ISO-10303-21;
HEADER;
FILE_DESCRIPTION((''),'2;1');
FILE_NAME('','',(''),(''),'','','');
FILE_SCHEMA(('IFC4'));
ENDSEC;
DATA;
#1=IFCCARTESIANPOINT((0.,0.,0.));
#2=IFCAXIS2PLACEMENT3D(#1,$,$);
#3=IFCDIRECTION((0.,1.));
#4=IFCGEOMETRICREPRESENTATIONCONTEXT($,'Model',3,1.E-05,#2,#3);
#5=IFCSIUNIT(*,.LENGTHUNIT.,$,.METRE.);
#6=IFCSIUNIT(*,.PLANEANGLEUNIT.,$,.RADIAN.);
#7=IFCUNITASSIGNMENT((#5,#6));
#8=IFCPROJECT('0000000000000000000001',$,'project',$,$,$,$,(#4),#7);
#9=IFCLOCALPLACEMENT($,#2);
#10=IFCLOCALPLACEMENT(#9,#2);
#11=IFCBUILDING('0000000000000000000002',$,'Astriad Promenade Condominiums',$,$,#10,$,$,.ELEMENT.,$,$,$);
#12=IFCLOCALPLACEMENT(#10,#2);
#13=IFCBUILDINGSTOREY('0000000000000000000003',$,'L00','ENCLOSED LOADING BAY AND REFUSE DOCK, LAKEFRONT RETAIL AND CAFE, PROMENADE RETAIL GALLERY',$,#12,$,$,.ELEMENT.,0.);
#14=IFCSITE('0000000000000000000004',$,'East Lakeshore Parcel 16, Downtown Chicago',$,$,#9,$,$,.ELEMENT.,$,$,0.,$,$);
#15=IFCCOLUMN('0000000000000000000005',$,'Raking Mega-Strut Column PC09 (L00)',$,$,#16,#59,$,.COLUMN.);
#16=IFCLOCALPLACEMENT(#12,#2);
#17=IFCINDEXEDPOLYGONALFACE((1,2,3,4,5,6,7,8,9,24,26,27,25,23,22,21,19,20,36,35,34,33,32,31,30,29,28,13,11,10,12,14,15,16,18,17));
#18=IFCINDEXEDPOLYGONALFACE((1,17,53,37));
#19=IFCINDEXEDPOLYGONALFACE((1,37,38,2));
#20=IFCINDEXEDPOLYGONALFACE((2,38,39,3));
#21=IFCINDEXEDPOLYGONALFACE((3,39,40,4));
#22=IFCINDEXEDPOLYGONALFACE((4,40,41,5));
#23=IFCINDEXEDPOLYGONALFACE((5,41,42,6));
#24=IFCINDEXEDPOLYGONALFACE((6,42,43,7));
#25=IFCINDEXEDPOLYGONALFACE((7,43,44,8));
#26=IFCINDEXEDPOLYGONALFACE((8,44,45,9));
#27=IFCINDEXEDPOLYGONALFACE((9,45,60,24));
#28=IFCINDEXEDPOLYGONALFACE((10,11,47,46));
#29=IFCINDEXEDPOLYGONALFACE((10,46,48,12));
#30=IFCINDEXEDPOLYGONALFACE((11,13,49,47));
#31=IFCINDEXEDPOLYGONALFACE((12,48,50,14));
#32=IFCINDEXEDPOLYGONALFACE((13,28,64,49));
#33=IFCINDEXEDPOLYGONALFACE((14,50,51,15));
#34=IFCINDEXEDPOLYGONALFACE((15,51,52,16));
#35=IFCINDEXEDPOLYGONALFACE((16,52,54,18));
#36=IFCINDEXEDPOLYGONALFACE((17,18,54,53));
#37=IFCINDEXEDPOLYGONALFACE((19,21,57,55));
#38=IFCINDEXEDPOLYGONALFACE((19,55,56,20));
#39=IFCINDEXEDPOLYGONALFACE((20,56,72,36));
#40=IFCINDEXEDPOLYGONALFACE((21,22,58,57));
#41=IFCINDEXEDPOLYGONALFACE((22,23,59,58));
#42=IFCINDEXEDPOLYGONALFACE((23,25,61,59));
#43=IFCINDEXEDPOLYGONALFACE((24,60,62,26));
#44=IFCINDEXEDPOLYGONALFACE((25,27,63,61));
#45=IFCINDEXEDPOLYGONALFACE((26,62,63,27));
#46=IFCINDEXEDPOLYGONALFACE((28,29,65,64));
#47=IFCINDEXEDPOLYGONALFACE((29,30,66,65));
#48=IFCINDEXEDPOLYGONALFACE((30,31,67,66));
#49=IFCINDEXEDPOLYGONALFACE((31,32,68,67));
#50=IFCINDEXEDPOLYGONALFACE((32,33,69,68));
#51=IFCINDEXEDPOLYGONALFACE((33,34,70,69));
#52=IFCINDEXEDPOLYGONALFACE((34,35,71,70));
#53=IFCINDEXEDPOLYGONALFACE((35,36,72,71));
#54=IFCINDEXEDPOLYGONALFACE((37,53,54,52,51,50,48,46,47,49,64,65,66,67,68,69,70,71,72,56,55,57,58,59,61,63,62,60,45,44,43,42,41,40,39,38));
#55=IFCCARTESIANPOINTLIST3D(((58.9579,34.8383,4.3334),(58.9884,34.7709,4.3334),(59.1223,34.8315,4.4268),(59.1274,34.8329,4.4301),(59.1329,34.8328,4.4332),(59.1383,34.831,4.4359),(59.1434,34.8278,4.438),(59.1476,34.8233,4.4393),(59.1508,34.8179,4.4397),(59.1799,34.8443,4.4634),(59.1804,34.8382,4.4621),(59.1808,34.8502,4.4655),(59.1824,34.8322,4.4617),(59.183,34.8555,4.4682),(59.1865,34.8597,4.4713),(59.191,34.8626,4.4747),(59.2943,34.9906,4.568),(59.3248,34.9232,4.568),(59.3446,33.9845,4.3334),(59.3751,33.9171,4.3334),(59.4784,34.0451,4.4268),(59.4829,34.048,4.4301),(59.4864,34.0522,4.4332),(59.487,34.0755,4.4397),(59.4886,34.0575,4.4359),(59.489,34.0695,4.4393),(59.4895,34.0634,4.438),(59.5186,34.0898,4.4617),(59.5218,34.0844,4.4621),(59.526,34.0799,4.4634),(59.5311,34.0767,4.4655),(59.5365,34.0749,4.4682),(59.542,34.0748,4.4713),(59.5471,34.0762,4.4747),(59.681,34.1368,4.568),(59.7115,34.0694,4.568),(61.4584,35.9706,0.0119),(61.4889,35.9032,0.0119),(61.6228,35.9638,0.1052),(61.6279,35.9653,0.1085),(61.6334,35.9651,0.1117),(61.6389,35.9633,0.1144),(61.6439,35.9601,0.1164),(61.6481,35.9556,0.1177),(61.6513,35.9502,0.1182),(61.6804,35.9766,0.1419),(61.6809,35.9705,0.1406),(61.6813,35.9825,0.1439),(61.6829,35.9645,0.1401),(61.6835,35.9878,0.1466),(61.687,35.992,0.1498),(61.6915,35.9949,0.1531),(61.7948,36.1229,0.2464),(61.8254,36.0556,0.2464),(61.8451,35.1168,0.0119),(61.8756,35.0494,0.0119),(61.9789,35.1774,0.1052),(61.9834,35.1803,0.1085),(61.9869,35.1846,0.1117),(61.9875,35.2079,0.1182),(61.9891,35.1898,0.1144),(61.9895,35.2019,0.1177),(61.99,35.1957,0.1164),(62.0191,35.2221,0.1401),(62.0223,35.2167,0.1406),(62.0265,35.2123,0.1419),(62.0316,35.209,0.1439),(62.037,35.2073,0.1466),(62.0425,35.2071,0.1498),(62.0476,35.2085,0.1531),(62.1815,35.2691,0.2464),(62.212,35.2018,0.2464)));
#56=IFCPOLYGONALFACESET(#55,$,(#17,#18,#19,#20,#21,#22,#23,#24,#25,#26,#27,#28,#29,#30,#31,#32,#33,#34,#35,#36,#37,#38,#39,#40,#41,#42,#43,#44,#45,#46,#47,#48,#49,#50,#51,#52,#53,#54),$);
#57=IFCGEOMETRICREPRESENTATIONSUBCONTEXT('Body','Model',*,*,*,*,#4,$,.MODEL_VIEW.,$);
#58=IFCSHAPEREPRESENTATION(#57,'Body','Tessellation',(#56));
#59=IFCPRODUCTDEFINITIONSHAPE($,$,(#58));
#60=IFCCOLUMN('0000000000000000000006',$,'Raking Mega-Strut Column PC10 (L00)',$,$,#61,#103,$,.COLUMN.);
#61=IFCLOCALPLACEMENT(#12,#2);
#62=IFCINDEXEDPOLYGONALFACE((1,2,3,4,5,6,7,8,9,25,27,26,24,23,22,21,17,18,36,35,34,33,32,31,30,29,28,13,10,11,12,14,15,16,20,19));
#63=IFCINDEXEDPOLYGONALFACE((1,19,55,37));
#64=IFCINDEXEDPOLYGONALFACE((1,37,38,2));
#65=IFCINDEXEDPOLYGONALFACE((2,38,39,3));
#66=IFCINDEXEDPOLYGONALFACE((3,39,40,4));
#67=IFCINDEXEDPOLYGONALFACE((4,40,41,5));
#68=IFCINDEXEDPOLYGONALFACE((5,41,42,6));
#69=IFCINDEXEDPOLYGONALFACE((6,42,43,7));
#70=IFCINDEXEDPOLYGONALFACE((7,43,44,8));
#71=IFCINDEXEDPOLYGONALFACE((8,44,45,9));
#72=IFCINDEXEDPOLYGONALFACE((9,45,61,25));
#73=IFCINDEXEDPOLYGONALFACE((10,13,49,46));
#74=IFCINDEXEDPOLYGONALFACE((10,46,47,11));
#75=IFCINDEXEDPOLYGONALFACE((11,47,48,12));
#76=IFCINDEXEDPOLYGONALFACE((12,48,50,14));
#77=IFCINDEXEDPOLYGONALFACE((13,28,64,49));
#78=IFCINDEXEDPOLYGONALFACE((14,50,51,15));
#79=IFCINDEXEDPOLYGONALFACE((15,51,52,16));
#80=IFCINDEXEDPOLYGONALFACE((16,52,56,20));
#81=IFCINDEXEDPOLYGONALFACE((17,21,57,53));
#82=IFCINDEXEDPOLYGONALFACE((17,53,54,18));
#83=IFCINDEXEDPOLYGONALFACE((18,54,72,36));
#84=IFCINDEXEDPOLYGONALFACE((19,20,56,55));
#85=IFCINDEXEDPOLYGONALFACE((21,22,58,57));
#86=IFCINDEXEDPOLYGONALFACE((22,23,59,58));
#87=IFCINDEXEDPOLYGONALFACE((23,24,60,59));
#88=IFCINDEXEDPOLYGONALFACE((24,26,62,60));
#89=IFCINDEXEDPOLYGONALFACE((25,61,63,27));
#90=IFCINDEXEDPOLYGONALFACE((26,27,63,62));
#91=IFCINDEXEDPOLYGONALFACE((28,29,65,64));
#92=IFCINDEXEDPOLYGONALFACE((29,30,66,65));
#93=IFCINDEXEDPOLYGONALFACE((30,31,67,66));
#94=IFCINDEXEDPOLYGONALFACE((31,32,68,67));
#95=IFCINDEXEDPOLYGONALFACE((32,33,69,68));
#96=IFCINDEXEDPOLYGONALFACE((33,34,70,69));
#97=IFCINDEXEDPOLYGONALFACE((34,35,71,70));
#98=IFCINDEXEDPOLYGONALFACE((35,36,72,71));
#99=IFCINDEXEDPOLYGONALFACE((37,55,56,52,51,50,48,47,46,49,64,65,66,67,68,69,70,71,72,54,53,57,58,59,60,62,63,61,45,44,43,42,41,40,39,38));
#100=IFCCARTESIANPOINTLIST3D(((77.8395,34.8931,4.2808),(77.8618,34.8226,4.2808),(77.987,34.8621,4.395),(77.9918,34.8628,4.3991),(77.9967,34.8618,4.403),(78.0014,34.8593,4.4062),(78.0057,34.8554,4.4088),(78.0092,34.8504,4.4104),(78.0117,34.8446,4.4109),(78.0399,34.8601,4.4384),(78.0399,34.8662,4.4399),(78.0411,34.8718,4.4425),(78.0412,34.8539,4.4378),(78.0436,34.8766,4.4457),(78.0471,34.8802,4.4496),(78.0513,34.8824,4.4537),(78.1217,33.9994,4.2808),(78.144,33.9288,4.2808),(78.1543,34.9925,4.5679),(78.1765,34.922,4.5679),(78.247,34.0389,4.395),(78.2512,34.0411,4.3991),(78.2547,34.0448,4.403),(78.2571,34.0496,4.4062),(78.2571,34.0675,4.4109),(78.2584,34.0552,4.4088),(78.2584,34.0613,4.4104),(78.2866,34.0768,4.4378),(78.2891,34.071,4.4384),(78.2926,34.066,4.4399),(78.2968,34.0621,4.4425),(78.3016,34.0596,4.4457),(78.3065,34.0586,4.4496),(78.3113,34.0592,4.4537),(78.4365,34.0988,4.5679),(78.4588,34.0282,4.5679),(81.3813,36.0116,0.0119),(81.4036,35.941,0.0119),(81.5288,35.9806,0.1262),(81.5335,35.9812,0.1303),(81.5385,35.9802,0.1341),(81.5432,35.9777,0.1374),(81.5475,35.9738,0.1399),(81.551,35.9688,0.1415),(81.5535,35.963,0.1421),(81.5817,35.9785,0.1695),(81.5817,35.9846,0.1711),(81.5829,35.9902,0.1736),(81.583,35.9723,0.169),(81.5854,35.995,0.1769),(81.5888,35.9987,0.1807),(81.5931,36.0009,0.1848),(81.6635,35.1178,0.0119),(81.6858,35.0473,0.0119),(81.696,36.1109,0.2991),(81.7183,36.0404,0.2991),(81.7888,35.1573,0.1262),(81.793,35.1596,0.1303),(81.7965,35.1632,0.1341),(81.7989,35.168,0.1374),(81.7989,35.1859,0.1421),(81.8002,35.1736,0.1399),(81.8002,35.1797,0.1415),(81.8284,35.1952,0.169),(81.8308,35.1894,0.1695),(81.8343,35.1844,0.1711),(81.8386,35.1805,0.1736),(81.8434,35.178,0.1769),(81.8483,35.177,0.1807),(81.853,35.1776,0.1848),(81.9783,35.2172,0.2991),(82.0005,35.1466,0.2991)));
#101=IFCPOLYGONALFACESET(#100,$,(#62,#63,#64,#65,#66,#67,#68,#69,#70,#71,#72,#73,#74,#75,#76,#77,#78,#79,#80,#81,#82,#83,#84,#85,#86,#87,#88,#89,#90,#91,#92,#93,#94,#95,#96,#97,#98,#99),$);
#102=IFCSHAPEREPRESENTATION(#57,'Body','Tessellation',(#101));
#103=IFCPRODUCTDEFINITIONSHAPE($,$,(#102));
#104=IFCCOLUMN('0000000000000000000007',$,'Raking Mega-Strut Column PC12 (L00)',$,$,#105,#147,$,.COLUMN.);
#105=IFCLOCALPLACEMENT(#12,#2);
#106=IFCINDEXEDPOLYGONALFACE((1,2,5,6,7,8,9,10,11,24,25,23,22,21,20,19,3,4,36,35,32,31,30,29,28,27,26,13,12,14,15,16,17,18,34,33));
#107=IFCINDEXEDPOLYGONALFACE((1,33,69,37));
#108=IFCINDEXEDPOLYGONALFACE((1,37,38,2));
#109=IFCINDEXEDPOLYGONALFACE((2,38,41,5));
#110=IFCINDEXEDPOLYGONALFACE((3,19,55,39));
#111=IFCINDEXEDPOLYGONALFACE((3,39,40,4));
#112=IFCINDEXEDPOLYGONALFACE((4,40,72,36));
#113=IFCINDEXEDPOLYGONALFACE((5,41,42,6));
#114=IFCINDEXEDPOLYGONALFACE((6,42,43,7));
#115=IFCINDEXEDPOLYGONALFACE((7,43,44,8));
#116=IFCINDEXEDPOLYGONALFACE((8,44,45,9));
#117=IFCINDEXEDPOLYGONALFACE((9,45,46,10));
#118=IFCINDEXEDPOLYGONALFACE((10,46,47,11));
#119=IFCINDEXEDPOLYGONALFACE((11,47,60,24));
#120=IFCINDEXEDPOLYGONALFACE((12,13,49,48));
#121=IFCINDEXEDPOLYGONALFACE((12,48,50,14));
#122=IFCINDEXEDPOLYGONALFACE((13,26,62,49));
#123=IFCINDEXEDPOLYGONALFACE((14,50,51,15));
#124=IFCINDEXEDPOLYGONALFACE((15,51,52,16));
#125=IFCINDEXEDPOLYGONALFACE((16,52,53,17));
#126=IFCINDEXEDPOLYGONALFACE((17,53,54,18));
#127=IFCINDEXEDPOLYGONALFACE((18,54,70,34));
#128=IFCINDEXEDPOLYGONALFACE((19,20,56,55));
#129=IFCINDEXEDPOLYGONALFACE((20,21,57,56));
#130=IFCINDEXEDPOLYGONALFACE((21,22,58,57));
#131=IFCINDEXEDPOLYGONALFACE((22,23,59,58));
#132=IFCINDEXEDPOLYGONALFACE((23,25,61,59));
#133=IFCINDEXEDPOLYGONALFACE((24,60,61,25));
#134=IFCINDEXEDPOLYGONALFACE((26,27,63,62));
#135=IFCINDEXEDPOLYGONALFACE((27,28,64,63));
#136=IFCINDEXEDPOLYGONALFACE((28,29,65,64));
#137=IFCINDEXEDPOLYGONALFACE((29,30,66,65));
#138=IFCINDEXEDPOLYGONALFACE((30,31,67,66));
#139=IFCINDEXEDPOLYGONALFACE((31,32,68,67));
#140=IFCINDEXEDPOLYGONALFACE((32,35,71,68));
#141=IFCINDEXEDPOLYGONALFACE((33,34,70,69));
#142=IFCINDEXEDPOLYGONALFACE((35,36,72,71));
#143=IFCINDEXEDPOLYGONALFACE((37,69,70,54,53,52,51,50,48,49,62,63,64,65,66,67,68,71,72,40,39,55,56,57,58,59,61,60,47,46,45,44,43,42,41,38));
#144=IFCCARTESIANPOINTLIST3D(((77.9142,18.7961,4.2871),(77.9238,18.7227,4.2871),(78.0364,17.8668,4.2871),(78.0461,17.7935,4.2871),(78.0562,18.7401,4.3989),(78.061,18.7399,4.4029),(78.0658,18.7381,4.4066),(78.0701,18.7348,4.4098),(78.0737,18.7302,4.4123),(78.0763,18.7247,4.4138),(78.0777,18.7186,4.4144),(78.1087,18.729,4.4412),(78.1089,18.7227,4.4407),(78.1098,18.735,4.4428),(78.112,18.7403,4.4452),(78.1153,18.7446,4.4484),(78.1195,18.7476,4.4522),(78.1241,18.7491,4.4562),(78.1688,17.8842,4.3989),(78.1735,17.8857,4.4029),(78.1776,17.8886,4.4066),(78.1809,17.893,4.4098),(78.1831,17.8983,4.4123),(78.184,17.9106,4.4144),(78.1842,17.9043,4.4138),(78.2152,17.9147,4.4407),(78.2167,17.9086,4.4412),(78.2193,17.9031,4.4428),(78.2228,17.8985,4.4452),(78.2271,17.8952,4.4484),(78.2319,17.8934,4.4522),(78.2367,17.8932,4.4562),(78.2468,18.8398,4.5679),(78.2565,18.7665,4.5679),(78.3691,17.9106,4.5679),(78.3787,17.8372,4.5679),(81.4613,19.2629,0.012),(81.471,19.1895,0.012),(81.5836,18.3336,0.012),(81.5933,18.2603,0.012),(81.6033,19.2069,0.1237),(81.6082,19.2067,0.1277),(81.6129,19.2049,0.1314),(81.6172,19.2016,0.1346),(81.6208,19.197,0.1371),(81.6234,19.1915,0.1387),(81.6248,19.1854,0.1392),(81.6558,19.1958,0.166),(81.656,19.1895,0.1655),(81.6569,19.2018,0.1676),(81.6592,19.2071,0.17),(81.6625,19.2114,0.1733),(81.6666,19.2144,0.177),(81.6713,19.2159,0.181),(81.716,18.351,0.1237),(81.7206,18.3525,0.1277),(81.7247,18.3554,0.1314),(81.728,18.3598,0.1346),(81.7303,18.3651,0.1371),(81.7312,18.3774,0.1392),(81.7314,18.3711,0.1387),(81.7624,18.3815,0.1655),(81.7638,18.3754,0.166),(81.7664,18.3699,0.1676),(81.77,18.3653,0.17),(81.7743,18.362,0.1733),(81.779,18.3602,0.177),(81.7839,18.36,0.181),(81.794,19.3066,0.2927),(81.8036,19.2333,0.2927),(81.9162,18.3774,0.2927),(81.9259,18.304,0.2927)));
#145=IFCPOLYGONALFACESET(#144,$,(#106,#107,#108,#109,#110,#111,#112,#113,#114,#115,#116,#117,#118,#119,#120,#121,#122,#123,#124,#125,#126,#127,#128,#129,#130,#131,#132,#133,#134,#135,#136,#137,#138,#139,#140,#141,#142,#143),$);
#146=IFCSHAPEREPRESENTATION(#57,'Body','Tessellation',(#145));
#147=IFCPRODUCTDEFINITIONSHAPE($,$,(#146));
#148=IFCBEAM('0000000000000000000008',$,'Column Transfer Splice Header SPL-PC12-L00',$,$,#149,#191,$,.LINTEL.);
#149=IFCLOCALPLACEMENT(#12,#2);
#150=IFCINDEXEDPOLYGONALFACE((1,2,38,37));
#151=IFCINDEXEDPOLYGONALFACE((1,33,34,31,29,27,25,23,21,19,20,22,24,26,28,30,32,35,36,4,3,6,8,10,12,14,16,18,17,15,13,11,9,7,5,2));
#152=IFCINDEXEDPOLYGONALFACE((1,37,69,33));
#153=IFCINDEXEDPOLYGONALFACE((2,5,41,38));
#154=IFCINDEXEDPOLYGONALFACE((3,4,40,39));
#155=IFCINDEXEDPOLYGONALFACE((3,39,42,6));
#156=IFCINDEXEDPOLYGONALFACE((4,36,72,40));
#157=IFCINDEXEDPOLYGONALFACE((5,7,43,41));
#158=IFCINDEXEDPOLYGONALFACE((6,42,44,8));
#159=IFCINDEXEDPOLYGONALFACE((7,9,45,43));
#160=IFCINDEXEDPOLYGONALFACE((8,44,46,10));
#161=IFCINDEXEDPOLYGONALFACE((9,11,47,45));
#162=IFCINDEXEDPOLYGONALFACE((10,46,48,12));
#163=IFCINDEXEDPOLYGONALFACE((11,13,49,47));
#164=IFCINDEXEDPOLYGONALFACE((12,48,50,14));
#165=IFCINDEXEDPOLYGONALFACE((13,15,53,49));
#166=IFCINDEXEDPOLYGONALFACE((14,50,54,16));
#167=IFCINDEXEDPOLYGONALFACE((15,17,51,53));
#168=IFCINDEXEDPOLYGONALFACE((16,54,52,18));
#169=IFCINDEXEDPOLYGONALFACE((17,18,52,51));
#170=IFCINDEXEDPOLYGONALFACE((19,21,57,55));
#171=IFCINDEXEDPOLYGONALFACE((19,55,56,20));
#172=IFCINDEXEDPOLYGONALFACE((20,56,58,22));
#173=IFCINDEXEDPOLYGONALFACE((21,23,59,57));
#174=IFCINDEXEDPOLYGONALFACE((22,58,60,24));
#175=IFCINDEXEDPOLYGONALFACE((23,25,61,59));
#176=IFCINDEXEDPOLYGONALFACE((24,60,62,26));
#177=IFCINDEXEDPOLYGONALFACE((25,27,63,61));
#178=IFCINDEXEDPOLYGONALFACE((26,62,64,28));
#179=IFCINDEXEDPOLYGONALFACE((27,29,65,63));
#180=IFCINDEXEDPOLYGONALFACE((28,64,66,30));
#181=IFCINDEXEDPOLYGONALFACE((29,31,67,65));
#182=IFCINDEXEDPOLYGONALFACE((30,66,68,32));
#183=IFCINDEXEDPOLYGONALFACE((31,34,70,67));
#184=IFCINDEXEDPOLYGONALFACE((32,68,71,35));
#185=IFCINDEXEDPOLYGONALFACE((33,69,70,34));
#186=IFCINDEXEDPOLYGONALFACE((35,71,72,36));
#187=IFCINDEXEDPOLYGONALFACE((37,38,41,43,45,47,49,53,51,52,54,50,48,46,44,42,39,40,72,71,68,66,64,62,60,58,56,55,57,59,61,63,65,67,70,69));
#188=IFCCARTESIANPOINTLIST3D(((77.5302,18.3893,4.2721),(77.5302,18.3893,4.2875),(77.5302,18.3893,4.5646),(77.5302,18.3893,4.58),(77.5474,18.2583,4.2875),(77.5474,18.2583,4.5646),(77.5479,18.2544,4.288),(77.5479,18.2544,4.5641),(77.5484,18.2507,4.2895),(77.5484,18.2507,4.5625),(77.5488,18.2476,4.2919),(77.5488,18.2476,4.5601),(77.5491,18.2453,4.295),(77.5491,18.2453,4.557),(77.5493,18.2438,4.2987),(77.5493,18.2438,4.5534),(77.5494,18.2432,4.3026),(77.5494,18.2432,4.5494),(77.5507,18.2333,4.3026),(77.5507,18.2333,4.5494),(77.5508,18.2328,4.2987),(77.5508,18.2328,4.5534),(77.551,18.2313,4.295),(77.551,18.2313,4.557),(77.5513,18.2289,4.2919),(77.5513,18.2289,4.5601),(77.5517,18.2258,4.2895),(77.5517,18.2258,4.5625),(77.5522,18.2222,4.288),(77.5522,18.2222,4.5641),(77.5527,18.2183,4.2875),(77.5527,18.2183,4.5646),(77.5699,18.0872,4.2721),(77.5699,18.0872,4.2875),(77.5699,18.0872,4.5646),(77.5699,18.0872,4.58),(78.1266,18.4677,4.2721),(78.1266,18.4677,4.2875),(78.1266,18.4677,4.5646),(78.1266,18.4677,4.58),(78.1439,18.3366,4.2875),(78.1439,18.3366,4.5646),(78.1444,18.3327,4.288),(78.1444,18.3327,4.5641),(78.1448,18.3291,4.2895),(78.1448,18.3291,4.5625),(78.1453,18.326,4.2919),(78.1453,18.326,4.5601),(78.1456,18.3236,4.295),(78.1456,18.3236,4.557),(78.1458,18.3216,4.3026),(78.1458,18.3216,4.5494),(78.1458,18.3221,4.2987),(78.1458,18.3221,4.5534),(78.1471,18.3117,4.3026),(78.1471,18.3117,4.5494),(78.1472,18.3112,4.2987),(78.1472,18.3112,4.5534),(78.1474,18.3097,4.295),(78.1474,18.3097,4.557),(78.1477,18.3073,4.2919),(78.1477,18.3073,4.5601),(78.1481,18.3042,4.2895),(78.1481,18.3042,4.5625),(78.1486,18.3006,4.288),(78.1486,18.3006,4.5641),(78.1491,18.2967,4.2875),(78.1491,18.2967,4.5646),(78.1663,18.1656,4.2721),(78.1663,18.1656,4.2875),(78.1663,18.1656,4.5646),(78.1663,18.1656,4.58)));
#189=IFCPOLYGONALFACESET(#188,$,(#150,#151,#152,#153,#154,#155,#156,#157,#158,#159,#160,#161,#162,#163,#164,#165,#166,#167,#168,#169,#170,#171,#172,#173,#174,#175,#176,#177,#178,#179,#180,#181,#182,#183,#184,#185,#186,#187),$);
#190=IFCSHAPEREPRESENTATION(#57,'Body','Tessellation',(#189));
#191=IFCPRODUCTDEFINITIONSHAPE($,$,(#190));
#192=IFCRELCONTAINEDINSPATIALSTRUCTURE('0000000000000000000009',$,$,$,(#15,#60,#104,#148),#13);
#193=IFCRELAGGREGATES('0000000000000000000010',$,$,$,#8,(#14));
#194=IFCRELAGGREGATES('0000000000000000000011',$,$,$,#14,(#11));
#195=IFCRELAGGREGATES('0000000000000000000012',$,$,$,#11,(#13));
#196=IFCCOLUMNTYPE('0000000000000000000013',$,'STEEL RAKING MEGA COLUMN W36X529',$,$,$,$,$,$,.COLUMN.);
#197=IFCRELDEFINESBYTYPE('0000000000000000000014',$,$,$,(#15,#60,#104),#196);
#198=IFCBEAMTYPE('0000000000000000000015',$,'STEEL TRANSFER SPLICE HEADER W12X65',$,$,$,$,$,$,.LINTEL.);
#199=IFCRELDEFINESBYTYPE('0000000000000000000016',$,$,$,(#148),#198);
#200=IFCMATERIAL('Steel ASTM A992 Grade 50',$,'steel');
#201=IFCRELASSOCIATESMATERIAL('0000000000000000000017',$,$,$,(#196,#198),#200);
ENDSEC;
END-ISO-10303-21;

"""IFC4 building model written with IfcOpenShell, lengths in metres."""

from ifc_helpers import new_model, si_unit, direction, frame, origin, origin_2d, place, context, subcontext, project, spatial, i_section, extrude, source, transform, mapped, material, material_profile, profile_set, type_object, type_shapes, element, save


model = new_model("IFC4")

# Units and contexts
model_context = context("Model", 3, precision=1e-05, world=origin(), true_north=direction((0.0, 1.0)))
body_context = subcontext(model_context, "Body", "Model", "MODEL_VIEW")
ifc_project = project(units=[si_unit("LENGTHUNIT", "METRE"), si_unit("PLANEANGLEUNIT", "RADIAN")], contexts=[model_context])

# Site, building, storey
site_placement = place(None, origin())
site = spatial("IfcSite", under=ifc_project, at=site_placement, Name="East Lakeshore Parcel 16, Downtown Chicago", CompositionType="ELEMENT", RefElevation=0.0)
building_placement = place(site_placement, origin())
building = spatial("IfcBuilding", under=site, at=building_placement, Name="Astriad Promenade Condominiums", CompositionType="ELEMENT")
storey_placement = place(building_placement, origin())
storey = spatial("IfcBuildingStorey", under=building, at=storey_placement, Name="L00", Description="ENCLOSED LOADING BAY AND REFUSE DOCK, LAKEFRONT RETAIL AND CAFE, PROMENADE RETAIL GALLERY", CompositionType="ELEMENT", Elevation=0.0)

# Columns
ifc_material_1 = material(Name="Steel ASTM A992 Grade 50", Category="steel")
ifc_material_profile_1 = material_profile(ifc_material_1, i_section(OverallWidth=0.4375, OverallDepth=1.0112, WebThickness=0.041, FlangeThickness=0.074, FilletRadius=0.0242, at=origin_2d()), Name="W36X529")
ifc_profile_set_1 = profile_set([ifc_material_profile_1], Name="Steel ASTM A992 Grade 50")
column_type = type_object("IfcColumnType", Name="STEEL RAKING MEGA COLUMN W36X529", PredefinedType="COLUMN", material=ifc_profile_set_1)
shared_shape_1 = source(origin(), body_context, "Body", "SweptSolid", [
    extrude(i_section(OverallWidth=0.4375, OverallDepth=1.0112, WebThickness=0.041, FlangeThickness=0.074, FilletRadius=0.0242, at=origin_2d()), origin(), (0.0, 0.0, 1.0), 5.1196),
])
column_1_placement = place(storey_placement, frame((61.8352, 35.5862, 0.1292), z_axis=(-0.488415, -0.221175, 0.844116), x_axis=(0.768948, 0.348211, 0.53616)))
element("IfcColumn", 1, at=column_1_placement, inside=storey, type_object=column_type, Name="Raking Mega-Strut Column PC09 (L00)", PredefinedType="COLUMN", context=body_context, shape_type="MappedRepresentation", body=[
    mapped(shared_shape_1, transform((0.0, 0.0, 0.0), scale=1.0)),
])
shared_shape_2 = source(origin(), body_context, "Body", "SweptSolid", [
    extrude(i_section(OverallWidth=0.4375, OverallDepth=1.0112, WebThickness=0.041, FlangeThickness=0.074, FilletRadius=0.0242, at=origin_2d()), origin(), (0.0, 0.0, 1.0), 5.6584),
])
column_2_placement = place(storey_placement, frame((81.6909, 35.5791, 0.1555), z_axis=(-0.625928, -0.197655, 0.754418), x_axis=(0.719403, 0.227172, 0.656394)))
element("IfcColumn", 2, at=column_2_placement, inside=storey, type_object=column_type, Name="Raking Mega-Strut Column PC10 (L00)", PredefinedType="COLUMN", context=body_context, shape_type="MappedRepresentation", body=[
    mapped(shared_shape_2, transform((0.0, 0.0, 0.0), scale=1.0)),
])
shared_shape_3 = source(origin(), body_context, "Body", "SweptSolid", [
    extrude(i_section(OverallWidth=0.4375, OverallDepth=1.0112, WebThickness=0.041, FlangeThickness=0.074, FilletRadius=0.0242, at=origin_2d()), origin(), (0.0, 0.0, 1.0), 5.5747),
])
type_shapes(column_type, [shared_shape_1, shared_shape_2, shared_shape_3])
column_3_placement = place(storey_placement, frame((81.6936, 18.7834, 0.1523), z_axis=(-0.636293, -0.083735, 0.766889), x_axis=(0.760334, 0.100059, 0.641779)))
element("IfcColumn", 3, at=column_3_placement, inside=storey, type_object=column_type, Name="Raking Mega-Strut Column PC12 (L00)", PredefinedType="COLUMN", context=body_context, shape_type="MappedRepresentation", body=[
    mapped(shared_shape_3, transform((0.0, 0.0, 0.0), scale=1.0)),
])

# Beam
ifc_material_profile_2 = material_profile(ifc_material_1, i_section(OverallWidth=0.3047, OverallDepth=0.3079, WebThickness=0.01, FlangeThickness=0.0154, FilletRadius=0.0151, at=origin_2d()), Name="W12X65")
ifc_profile_set_2 = profile_set([ifc_material_profile_2], Name="Steel ASTM A992 Grade 50")
beam_type_1 = type_object("IfcBeamType", Name="STEEL TRANSFER SPLICE HEADER W12X65", PredefinedType="LINTEL", material=ifc_profile_set_2)
shared_shape_4 = source(origin(), body_context, "Body", "SweptSolid", [
    extrude(i_section(OverallWidth=0.3047, OverallDepth=0.3079, WebThickness=0.01, FlangeThickness=0.0154, FilletRadius=0.0151, at=origin_2d()), origin(), (0.0, 0.0, 1.0), 0.6016),
])
beam_1_placement = place(storey_placement, frame((78.1465, 18.3167, 4.426), z_axis=(-0.991478, -0.130276, 0.0), x_axis=(0.130276, -0.991478, 0.0)))
element("IfcBeam", 4, at=beam_1_placement, inside=storey, type_object=beam_type_1, Name="Column Transfer Splice Header SPL-PC12-L00", PredefinedType="LINTEL", context=body_context, shape_type="MappedRepresentation", body=[
    mapped(shared_shape_4, transform((0.0, 0.0, 0.0), scale=1.0)),
])

save(model, "model.ifc")
